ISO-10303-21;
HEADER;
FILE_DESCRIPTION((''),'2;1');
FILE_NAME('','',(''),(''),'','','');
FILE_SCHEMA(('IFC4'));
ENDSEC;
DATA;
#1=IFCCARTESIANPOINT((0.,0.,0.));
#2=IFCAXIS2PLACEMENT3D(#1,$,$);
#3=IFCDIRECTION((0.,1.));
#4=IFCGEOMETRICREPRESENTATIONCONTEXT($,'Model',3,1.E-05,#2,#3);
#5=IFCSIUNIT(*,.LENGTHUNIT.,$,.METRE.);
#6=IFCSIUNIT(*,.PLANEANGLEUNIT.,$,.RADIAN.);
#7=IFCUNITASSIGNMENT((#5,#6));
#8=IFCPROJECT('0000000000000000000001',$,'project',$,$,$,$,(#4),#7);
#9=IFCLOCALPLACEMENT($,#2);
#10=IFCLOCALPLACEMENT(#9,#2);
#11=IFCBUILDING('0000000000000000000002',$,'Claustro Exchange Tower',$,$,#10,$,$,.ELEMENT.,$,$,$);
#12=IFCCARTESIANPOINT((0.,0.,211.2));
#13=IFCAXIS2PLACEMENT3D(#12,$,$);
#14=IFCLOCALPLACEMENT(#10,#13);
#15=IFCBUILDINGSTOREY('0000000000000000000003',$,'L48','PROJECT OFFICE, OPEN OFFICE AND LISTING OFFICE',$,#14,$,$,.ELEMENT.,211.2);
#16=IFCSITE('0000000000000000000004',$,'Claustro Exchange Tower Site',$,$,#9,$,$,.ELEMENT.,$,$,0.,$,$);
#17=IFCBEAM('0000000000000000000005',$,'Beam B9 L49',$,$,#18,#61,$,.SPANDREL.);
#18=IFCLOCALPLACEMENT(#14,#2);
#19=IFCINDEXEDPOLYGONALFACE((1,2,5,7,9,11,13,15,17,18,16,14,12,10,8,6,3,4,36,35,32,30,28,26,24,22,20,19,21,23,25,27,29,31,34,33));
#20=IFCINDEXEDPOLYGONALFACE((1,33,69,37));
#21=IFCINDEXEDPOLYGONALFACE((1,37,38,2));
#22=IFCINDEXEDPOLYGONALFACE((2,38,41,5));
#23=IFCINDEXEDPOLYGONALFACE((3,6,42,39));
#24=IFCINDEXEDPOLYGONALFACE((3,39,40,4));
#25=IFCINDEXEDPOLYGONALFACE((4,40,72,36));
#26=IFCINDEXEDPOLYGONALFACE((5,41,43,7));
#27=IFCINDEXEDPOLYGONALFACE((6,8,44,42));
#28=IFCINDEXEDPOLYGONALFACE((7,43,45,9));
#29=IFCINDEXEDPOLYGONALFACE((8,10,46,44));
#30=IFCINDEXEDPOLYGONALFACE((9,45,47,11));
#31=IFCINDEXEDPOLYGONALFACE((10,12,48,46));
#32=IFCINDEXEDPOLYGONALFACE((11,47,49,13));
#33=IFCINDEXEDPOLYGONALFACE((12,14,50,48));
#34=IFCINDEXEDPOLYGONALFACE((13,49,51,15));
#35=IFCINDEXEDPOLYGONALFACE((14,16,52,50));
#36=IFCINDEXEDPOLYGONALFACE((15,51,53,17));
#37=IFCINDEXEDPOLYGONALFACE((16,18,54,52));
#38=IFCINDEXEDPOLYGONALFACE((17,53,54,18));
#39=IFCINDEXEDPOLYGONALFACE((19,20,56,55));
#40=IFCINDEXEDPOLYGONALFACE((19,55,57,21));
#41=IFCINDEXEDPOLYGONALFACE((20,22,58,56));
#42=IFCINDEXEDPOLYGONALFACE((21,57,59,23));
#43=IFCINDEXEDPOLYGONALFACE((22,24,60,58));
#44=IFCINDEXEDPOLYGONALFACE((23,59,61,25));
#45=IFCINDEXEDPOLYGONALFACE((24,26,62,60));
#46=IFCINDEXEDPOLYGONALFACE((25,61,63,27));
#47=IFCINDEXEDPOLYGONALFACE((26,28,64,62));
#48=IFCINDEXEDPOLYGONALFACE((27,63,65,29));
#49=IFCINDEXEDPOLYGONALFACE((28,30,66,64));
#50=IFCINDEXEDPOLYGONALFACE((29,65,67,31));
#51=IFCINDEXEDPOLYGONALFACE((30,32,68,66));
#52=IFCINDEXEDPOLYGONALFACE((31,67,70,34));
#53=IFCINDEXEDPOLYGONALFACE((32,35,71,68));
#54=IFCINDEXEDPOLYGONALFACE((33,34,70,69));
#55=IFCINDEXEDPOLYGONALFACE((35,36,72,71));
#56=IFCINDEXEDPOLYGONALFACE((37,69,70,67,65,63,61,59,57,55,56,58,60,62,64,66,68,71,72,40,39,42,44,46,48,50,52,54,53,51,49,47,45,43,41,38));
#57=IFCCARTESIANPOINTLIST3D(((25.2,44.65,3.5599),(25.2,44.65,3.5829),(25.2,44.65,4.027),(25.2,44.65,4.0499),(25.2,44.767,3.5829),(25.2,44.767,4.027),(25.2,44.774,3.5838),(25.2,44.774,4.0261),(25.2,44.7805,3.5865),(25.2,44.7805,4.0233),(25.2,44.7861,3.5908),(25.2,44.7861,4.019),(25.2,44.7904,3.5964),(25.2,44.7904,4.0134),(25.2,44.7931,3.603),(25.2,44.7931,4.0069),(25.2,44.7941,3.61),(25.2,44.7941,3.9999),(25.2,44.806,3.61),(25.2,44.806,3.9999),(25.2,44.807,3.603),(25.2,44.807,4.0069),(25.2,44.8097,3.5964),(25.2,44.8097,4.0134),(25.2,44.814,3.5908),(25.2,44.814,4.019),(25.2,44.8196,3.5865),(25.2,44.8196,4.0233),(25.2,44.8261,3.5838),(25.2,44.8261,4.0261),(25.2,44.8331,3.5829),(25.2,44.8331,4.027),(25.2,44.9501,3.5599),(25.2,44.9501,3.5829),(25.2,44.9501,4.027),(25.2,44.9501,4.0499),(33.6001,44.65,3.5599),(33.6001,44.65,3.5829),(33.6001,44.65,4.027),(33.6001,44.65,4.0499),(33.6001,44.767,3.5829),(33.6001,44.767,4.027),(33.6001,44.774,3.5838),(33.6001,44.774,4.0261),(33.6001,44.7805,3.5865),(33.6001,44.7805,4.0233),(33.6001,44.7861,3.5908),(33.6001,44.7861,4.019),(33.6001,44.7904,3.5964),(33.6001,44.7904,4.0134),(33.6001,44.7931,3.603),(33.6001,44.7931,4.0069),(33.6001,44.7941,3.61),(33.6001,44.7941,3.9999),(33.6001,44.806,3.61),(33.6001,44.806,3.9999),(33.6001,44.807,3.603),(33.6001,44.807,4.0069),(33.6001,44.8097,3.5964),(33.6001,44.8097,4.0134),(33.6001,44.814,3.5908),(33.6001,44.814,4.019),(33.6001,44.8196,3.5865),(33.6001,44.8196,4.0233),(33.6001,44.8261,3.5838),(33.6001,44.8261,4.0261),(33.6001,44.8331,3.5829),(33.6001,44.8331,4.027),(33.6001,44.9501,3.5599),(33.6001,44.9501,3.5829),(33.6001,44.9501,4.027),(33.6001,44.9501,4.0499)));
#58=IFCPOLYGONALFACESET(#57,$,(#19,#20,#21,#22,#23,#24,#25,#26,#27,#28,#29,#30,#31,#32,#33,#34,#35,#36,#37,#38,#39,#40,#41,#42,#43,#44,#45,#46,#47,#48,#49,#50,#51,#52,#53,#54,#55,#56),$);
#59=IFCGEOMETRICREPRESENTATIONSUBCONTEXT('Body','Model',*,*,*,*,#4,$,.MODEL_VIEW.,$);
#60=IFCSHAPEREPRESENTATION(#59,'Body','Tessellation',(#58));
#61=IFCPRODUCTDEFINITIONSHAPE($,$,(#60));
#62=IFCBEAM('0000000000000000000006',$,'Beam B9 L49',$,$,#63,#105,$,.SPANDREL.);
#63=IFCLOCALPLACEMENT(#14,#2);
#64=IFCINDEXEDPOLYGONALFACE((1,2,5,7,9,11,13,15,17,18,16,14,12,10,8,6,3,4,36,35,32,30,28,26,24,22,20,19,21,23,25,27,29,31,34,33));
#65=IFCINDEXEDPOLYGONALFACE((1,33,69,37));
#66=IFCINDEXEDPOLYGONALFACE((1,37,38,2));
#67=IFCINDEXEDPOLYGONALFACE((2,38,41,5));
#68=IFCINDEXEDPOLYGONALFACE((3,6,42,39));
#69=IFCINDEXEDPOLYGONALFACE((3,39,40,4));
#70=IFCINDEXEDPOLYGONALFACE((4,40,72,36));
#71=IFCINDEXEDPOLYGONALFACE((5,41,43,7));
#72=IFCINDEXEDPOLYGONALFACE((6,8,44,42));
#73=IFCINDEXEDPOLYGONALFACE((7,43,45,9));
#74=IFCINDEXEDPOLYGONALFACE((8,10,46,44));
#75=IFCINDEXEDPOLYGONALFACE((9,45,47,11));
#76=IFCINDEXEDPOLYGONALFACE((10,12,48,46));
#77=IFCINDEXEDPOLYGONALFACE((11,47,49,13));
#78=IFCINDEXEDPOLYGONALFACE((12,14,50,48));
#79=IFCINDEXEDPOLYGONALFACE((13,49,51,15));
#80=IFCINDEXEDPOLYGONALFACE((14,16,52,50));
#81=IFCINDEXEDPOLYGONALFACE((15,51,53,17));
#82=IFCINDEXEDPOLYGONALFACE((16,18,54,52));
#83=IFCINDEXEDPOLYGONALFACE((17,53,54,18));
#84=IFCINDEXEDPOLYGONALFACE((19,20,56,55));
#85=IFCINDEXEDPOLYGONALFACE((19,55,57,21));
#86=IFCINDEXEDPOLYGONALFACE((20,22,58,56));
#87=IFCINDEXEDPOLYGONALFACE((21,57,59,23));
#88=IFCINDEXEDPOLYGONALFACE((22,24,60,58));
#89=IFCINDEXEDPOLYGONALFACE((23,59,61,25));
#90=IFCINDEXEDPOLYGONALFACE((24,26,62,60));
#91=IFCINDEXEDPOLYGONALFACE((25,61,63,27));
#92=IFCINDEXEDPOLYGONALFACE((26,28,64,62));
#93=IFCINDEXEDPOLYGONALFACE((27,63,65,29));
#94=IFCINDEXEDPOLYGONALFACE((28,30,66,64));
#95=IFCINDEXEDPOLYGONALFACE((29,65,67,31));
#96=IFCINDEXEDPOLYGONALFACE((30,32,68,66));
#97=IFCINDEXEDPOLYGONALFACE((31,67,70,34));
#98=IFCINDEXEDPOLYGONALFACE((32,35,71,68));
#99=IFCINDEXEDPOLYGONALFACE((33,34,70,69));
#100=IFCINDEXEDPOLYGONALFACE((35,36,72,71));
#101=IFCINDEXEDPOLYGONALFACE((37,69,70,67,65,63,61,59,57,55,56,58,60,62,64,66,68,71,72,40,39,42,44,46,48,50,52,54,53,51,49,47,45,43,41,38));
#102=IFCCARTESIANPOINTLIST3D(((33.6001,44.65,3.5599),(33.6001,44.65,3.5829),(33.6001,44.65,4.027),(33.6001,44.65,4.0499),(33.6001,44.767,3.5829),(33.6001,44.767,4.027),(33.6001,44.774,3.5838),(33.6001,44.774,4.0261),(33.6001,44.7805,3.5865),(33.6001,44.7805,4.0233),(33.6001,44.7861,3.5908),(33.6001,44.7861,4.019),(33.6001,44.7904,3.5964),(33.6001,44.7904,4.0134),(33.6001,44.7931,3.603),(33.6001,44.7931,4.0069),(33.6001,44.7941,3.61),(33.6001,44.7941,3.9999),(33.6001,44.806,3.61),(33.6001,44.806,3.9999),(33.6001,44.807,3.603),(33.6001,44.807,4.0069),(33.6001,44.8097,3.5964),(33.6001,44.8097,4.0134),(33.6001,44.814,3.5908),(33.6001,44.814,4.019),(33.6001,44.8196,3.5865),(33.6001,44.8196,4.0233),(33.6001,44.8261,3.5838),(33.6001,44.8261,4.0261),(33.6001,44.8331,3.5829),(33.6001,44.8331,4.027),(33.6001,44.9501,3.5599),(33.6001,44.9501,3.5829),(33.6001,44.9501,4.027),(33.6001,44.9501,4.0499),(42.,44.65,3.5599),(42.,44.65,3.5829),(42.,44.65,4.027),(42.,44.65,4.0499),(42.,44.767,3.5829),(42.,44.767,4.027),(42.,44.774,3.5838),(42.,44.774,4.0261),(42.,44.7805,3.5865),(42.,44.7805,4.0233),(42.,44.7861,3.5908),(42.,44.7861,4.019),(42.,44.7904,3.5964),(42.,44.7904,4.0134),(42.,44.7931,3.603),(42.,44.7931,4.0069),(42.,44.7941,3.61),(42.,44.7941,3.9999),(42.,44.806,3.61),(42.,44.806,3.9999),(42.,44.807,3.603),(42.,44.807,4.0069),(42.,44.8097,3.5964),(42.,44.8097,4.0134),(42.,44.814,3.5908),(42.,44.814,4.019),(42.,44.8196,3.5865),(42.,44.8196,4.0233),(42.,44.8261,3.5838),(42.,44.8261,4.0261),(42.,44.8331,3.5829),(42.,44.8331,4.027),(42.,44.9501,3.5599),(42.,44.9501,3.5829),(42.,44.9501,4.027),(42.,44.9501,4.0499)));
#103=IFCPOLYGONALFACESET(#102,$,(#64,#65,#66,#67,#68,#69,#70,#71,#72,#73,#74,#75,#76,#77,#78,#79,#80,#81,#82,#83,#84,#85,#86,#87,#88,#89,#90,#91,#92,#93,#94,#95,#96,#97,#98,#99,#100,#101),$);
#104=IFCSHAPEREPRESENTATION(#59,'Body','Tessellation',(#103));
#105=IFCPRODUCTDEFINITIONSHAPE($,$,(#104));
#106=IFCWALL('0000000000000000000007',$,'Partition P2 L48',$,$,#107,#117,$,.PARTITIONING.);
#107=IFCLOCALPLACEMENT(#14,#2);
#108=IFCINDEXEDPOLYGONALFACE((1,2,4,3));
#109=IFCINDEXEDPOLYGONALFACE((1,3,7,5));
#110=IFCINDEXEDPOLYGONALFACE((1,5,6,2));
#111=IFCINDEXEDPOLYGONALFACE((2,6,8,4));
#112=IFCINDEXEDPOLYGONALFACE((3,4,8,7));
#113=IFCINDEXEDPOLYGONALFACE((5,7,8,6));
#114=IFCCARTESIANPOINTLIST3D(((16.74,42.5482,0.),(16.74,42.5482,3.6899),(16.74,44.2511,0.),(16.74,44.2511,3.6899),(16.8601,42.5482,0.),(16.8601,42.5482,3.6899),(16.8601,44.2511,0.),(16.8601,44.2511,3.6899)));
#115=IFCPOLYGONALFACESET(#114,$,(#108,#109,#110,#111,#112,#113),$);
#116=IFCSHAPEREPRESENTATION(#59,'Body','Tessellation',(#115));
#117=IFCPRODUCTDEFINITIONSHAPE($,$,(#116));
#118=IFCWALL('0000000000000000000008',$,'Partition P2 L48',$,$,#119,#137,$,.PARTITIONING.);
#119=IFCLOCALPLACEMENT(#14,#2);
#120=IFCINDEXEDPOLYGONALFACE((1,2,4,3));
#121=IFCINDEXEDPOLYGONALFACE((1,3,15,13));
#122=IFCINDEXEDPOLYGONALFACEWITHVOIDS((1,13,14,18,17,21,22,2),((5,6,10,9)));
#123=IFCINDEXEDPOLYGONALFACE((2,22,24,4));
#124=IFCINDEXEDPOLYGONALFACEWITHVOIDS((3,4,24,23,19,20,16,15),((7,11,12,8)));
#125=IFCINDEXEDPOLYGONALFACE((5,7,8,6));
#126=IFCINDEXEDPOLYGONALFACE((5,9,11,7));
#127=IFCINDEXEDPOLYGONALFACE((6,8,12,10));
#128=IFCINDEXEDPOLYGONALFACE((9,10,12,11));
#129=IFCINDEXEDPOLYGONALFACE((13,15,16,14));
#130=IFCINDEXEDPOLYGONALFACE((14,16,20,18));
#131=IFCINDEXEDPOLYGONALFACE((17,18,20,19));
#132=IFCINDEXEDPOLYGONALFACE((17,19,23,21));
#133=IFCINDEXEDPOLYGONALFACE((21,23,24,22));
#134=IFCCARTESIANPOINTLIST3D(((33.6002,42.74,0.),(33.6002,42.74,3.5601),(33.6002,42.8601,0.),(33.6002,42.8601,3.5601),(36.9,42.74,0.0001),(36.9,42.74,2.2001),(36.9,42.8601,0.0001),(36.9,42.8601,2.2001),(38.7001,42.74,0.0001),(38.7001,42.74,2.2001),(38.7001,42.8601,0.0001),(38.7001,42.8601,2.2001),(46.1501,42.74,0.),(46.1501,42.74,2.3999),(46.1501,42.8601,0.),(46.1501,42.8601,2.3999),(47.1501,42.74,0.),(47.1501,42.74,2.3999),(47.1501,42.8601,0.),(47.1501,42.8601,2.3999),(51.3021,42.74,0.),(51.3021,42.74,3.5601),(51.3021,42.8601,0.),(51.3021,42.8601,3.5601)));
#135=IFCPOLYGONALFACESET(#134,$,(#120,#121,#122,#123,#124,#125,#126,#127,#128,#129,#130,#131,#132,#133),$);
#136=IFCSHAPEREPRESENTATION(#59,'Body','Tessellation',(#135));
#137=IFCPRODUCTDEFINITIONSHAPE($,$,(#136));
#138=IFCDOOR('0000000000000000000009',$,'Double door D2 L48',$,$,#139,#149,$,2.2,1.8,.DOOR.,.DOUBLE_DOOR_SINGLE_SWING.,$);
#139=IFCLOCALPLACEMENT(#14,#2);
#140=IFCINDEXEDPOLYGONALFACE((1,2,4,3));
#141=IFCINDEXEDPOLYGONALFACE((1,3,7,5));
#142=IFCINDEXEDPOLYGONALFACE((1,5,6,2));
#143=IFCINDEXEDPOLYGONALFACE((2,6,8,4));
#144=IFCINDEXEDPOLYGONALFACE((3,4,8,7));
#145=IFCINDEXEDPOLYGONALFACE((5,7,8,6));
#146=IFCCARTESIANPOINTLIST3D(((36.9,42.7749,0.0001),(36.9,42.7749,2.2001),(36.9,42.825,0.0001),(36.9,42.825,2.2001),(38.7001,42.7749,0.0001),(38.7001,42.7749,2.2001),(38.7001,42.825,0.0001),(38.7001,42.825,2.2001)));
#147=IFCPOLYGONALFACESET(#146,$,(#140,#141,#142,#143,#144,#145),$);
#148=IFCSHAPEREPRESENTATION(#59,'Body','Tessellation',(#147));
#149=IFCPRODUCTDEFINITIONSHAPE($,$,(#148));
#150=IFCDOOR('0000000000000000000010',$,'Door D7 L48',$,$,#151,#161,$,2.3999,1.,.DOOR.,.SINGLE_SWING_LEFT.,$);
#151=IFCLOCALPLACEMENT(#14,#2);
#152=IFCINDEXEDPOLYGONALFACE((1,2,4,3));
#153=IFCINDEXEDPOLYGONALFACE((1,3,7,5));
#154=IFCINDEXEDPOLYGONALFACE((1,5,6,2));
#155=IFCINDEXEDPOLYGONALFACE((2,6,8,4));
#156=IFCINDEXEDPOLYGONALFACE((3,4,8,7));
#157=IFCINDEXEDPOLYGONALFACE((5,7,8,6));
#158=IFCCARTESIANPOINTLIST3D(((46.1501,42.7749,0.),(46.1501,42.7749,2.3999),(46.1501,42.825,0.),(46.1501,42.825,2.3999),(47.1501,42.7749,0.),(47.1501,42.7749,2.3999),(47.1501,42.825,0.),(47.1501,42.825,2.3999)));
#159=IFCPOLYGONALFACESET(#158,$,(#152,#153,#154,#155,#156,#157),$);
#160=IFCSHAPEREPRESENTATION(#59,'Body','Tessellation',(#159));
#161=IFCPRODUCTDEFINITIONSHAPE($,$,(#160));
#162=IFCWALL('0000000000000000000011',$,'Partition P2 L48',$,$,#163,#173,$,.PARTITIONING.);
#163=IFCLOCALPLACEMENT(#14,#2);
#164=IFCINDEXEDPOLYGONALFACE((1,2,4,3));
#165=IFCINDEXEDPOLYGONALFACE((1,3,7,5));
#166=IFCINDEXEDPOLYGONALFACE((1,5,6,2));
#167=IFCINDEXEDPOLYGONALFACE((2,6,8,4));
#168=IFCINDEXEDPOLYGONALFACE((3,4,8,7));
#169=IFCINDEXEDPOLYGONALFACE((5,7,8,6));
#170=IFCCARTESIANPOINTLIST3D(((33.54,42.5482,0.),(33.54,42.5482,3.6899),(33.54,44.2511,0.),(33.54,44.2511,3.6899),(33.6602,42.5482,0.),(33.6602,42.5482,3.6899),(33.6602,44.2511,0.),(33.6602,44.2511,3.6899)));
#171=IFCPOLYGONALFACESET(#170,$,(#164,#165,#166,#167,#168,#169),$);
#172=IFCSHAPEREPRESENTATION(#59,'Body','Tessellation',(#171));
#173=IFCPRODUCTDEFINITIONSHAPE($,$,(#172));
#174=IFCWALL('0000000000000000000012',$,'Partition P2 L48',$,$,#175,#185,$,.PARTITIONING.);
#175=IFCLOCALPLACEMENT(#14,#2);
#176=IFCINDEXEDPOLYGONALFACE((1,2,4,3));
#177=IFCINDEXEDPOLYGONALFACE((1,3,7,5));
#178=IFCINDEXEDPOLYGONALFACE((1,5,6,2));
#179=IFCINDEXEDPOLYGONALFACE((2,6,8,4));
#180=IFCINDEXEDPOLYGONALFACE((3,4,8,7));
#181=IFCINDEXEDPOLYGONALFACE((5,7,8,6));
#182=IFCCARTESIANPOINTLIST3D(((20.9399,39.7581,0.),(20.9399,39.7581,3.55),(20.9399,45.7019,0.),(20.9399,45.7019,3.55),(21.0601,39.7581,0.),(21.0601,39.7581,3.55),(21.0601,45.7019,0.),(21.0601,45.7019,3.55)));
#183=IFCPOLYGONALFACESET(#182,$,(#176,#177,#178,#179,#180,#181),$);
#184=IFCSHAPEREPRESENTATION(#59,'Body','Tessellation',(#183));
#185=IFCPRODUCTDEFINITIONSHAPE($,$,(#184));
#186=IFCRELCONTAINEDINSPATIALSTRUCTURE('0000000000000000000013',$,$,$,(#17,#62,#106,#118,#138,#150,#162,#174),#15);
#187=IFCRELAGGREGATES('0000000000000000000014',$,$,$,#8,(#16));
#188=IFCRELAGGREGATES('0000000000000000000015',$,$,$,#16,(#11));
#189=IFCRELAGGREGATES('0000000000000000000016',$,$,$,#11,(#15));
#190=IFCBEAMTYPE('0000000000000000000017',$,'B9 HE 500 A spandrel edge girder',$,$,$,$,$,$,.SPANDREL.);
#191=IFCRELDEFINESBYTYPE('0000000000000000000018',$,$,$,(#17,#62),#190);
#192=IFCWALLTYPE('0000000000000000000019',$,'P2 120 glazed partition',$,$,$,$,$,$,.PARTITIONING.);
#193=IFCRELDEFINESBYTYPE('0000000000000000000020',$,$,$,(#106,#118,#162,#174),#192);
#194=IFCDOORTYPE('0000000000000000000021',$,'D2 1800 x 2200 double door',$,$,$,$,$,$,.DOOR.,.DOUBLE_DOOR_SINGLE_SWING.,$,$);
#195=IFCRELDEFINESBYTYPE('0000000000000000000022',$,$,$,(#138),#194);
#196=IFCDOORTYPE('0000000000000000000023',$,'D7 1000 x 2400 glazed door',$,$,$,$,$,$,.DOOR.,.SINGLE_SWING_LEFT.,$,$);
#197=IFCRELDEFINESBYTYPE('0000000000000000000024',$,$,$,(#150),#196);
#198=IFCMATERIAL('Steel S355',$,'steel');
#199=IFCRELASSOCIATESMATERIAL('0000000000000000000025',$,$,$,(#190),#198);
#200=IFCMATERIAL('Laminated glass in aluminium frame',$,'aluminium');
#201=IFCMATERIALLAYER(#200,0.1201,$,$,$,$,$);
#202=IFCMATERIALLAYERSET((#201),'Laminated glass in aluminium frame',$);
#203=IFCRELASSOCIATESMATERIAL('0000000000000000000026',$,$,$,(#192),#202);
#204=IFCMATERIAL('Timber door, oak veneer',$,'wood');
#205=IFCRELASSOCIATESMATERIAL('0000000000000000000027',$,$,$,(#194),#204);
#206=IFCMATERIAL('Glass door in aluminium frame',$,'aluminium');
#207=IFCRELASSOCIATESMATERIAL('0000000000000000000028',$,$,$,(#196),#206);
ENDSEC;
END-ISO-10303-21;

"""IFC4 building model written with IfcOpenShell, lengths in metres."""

from ifc_helpers import new_model, si_unit, direction, frame, frame_2d, origin, origin_2d, place, context, subcontext, project, spatial, rectangle, i_section, extrude, material, layer, layer_set, material_profile, profile_set, type_object, element, fill, save


model = new_model("IFC4")

# Units and contexts
model_context = context("Model", 3, precision=1e-05, world=origin(), true_north=direction((0.0, 1.0)))
body_context = subcontext(model_context, "Body", "Model", "MODEL_VIEW")
ifc_project = project(units=[si_unit("LENGTHUNIT", "METRE"), si_unit("PLANEANGLEUNIT", "RADIAN")], contexts=[model_context])

# Site, building, storey
site_placement = place(None, origin())
site = spatial("IfcSite", under=ifc_project, at=site_placement, Name="Claustro Exchange Tower Site", CompositionType="ELEMENT", RefElevation=0.0)
building_placement = place(site_placement, origin())
building = spatial("IfcBuilding", under=site, at=building_placement, Name="Claustro Exchange Tower", CompositionType="ELEMENT")
storey_placement = place(building_placement, frame((0.0, 0.0, 211.2)))
storey = spatial("IfcBuildingStorey", under=building, at=storey_placement, Name="L48", Description="PROJECT OFFICE, OPEN OFFICE AND LISTING OFFICE", CompositionType="ELEMENT", Elevation=211.2)

# Beams
ifc_material_1 = material(Name="Steel S355", Category="steel")
ifc_material_profile_1 = material_profile(ifc_material_1, i_section(OverallWidth=0.3, OverallDepth=0.49, WebThickness=0.012, FlangeThickness=0.0229, FilletRadius=0.0271, at=origin_2d()), Name="HE 500 A")
ifc_profile_set_1 = profile_set([ifc_material_profile_1], Name="Steel S355")
beam_type_1 = type_object("IfcBeamType", Name="B9 HE 500 A spandrel edge girder", PredefinedType="SPANDREL", material=ifc_profile_set_1)
beam_1_placement = place(storey_placement, frame((25.2, 44.8, 3.8049), z_axis=(1.0, 0.0, 0.0), x_axis=(0.0, 1.0, 0.0)))
element("IfcBeam", 1, at=beam_1_placement, inside=storey, type_object=beam_type_1, Name="Beam B9 L49", PredefinedType="SPANDREL", context=body_context, shape_type="SweptSolid", body=[
    extrude(i_section(OverallWidth=0.3, OverallDepth=0.49, WebThickness=0.012, FlangeThickness=0.0229, FilletRadius=0.0271, at=origin_2d()), origin(), (0.0, 0.0, 1.0), 8.4001),
])
beam_2_placement = place(storey_placement, frame((33.6001, 44.8, 3.8049), z_axis=(1.0, 0.0, 0.0), x_axis=(0.0, 1.0, 0.0)))
element("IfcBeam", 2, at=beam_2_placement, inside=storey, type_object=beam_type_1, Name="Beam B9 L49", PredefinedType="SPANDREL", context=body_context, shape_type="SweptSolid", body=[
    extrude(i_section(OverallWidth=0.3, OverallDepth=0.49, WebThickness=0.012, FlangeThickness=0.0229, FilletRadius=0.0271, at=origin_2d()), origin(), (0.0, 0.0, 1.0), 8.3999),
])

# Wall
ifc_material_2 = material(Name="Laminated glass in aluminium frame", Category="aluminium")
ifc_layer_1 = layer(ifc_material_2, 0.1201)
ifc_layer_set_1 = layer_set([ifc_layer_1], Name="Laminated glass in aluminium frame")
wall_type_1 = type_object("IfcWallType", Name="P2 120 glazed partition", PredefinedType="PARTITIONING", material=ifc_layer_set_1)
wall_1_placement = place(storey_placement, frame((16.8, 42.5481, 0.0), z_axis=(0.0, 0.0, 1.0), x_axis=(0.0, 1.0, 0.0)))
element("IfcWall", 3, at=wall_1_placement, inside=storey, type_object=wall_type_1, Name="Partition P2 L48", PredefinedType="PARTITIONING", context=body_context, shape_type="SweptSolid", body=[
    extrude(rectangle(XDim=1.7029, YDim=0.1201, at=frame_2d((0.8516, 0.0))), origin(), (0.0, 0.0, 1.0), 3.6899),
])

# Wall, openings, doors
wall_2_placement = place(storey_placement, frame((33.6001, 42.8, 0.0), z_axis=(0.0, 0.0, 1.0), x_axis=(1.0, 0.0, 0.0)))
wall_2 = element("IfcWall", 4, at=wall_2_placement, inside=storey, type_object=wall_type_1, Name="Partition P2 L48", PredefinedType="PARTITIONING", context=body_context, shape_type="SweptSolid", body=[
    extrude(rectangle(XDim=17.7019, YDim=0.1201, at=frame_2d((8.8511, 0.0))), origin(), (0.0, 0.0, 1.0), 3.5601),
])
opening_1_placement = place(wall_2_placement, frame((3.3, 0.0, 0.0)))
opening_1 = element("IfcOpeningElement", 5, at=opening_1_placement, cuts=wall_2, PredefinedType="OPENING", context=body_context, shape_type="SweptSolid", body=[
    extrude(rectangle(XDim=1.8, YDim=2.2, at=frame_2d((0.8999, 1.1001))), frame((0.0, 0.0701, 0.0), z_axis=(0.0, -1.0, 0.0), x_axis=(1.0, 0.0, 0.0)), (0.0, 0.0, 1.0), 0.1401),
])
opening_2_placement = place(wall_2_placement, frame((12.55, 0.0, 0.0)))
opening_2 = element("IfcOpeningElement", 6, at=opening_2_placement, cuts=wall_2, PredefinedType="OPENING", context=body_context, shape_type="SweptSolid", body=[
    extrude(rectangle(XDim=1.0, YDim=2.3999, at=frame_2d((0.5, 1.2))), frame((0.0, 0.0701, 0.0), z_axis=(0.0, -1.0, 0.0), x_axis=(1.0, 0.0, 0.0)), (0.0, 0.0, 1.0), 0.1401),
])
ifc_material_3 = material(Name="Timber door, oak veneer", Category="wood")
door_type_1 = type_object("IfcDoorType", Name="D2 1800 x 2200 double door", OperationType="DOUBLE_DOOR_SINGLE_SWING", PredefinedType="DOOR", material=ifc_material_3)
door_1_placement = place(opening_1_placement, origin())
door_1 = element("IfcDoor", 7, at=door_1_placement, inside=storey, type_object=door_type_1, Name="Double door D2 L48", OperationType="DOUBLE_DOOR_SINGLE_SWING", OverallHeight=2.2, OverallWidth=1.8, PredefinedType="DOOR", context=body_context, shape_type="SweptSolid", body=[
    extrude(rectangle(XDim=1.8, YDim=2.2, at=frame_2d((0.8999, 1.1001))), frame((0.0, 0.0249, 0.0), z_axis=(0.0, -1.0, 0.0), x_axis=(1.0, 0.0, 0.0)), (0.0, 0.0, 1.0), 0.05),
])
fill(opening_1, door_1)
ifc_material_4 = material(Name="Glass door in aluminium frame", Category="aluminium")
door_type_2 = type_object("IfcDoorType", Name="D7 1000 x 2400 glazed door", OperationType="SINGLE_SWING_LEFT", PredefinedType="DOOR", material=ifc_material_4)
door_2_placement = place(opening_2_placement, origin())
door_2 = element("IfcDoor", 8, at=door_2_placement, inside=storey, type_object=door_type_2, Name="Door D7 L48", OperationType="SINGLE_SWING_LEFT", OverallHeight=2.3999, OverallWidth=1.0, PredefinedType="DOOR", context=body_context, shape_type="SweptSolid", body=[
    extrude(rectangle(XDim=1.0, YDim=2.3999, at=frame_2d((0.5, 1.2))), frame((0.0, 0.0249, 0.0), z_axis=(0.0, -1.0, 0.0), x_axis=(1.0, 0.0, 0.0)), (0.0, 0.0, 1.0), 0.05),
])
fill(opening_2, door_2)

# Walls
wall_3_placement = place(storey_placement, frame((33.6001, 42.5481, 0.0), z_axis=(0.0, 0.0, 1.0), x_axis=(0.0, 1.0, 0.0)))
element("IfcWall", 9, at=wall_3_placement, inside=storey, type_object=wall_type_1, Name="Partition P2 L48", PredefinedType="PARTITIONING", context=body_context, shape_type="SweptSolid", body=[
    extrude(rectangle(XDim=1.7029, YDim=0.1201, at=frame_2d((0.8516, 0.0))), origin(), (0.0, 0.0, 1.0), 3.6899),
])
wall_4_placement = place(storey_placement, frame((21.0, 39.7581, 0.0), z_axis=(0.0, 0.0, 1.0), x_axis=(0.0, 1.0, 0.0)))
element("IfcWall", 10, at=wall_4_placement, inside=storey, type_object=wall_type_1, Name="Partition P2 L48", PredefinedType="PARTITIONING", context=body_context, shape_type="SweptSolid", body=[
    extrude(rectangle(XDim=5.9438, YDim=0.1201, at=frame_2d((2.9719, 0.0))), origin(), (0.0, 0.0, 1.0), 3.55),
])

save(model, "model.ifc")
